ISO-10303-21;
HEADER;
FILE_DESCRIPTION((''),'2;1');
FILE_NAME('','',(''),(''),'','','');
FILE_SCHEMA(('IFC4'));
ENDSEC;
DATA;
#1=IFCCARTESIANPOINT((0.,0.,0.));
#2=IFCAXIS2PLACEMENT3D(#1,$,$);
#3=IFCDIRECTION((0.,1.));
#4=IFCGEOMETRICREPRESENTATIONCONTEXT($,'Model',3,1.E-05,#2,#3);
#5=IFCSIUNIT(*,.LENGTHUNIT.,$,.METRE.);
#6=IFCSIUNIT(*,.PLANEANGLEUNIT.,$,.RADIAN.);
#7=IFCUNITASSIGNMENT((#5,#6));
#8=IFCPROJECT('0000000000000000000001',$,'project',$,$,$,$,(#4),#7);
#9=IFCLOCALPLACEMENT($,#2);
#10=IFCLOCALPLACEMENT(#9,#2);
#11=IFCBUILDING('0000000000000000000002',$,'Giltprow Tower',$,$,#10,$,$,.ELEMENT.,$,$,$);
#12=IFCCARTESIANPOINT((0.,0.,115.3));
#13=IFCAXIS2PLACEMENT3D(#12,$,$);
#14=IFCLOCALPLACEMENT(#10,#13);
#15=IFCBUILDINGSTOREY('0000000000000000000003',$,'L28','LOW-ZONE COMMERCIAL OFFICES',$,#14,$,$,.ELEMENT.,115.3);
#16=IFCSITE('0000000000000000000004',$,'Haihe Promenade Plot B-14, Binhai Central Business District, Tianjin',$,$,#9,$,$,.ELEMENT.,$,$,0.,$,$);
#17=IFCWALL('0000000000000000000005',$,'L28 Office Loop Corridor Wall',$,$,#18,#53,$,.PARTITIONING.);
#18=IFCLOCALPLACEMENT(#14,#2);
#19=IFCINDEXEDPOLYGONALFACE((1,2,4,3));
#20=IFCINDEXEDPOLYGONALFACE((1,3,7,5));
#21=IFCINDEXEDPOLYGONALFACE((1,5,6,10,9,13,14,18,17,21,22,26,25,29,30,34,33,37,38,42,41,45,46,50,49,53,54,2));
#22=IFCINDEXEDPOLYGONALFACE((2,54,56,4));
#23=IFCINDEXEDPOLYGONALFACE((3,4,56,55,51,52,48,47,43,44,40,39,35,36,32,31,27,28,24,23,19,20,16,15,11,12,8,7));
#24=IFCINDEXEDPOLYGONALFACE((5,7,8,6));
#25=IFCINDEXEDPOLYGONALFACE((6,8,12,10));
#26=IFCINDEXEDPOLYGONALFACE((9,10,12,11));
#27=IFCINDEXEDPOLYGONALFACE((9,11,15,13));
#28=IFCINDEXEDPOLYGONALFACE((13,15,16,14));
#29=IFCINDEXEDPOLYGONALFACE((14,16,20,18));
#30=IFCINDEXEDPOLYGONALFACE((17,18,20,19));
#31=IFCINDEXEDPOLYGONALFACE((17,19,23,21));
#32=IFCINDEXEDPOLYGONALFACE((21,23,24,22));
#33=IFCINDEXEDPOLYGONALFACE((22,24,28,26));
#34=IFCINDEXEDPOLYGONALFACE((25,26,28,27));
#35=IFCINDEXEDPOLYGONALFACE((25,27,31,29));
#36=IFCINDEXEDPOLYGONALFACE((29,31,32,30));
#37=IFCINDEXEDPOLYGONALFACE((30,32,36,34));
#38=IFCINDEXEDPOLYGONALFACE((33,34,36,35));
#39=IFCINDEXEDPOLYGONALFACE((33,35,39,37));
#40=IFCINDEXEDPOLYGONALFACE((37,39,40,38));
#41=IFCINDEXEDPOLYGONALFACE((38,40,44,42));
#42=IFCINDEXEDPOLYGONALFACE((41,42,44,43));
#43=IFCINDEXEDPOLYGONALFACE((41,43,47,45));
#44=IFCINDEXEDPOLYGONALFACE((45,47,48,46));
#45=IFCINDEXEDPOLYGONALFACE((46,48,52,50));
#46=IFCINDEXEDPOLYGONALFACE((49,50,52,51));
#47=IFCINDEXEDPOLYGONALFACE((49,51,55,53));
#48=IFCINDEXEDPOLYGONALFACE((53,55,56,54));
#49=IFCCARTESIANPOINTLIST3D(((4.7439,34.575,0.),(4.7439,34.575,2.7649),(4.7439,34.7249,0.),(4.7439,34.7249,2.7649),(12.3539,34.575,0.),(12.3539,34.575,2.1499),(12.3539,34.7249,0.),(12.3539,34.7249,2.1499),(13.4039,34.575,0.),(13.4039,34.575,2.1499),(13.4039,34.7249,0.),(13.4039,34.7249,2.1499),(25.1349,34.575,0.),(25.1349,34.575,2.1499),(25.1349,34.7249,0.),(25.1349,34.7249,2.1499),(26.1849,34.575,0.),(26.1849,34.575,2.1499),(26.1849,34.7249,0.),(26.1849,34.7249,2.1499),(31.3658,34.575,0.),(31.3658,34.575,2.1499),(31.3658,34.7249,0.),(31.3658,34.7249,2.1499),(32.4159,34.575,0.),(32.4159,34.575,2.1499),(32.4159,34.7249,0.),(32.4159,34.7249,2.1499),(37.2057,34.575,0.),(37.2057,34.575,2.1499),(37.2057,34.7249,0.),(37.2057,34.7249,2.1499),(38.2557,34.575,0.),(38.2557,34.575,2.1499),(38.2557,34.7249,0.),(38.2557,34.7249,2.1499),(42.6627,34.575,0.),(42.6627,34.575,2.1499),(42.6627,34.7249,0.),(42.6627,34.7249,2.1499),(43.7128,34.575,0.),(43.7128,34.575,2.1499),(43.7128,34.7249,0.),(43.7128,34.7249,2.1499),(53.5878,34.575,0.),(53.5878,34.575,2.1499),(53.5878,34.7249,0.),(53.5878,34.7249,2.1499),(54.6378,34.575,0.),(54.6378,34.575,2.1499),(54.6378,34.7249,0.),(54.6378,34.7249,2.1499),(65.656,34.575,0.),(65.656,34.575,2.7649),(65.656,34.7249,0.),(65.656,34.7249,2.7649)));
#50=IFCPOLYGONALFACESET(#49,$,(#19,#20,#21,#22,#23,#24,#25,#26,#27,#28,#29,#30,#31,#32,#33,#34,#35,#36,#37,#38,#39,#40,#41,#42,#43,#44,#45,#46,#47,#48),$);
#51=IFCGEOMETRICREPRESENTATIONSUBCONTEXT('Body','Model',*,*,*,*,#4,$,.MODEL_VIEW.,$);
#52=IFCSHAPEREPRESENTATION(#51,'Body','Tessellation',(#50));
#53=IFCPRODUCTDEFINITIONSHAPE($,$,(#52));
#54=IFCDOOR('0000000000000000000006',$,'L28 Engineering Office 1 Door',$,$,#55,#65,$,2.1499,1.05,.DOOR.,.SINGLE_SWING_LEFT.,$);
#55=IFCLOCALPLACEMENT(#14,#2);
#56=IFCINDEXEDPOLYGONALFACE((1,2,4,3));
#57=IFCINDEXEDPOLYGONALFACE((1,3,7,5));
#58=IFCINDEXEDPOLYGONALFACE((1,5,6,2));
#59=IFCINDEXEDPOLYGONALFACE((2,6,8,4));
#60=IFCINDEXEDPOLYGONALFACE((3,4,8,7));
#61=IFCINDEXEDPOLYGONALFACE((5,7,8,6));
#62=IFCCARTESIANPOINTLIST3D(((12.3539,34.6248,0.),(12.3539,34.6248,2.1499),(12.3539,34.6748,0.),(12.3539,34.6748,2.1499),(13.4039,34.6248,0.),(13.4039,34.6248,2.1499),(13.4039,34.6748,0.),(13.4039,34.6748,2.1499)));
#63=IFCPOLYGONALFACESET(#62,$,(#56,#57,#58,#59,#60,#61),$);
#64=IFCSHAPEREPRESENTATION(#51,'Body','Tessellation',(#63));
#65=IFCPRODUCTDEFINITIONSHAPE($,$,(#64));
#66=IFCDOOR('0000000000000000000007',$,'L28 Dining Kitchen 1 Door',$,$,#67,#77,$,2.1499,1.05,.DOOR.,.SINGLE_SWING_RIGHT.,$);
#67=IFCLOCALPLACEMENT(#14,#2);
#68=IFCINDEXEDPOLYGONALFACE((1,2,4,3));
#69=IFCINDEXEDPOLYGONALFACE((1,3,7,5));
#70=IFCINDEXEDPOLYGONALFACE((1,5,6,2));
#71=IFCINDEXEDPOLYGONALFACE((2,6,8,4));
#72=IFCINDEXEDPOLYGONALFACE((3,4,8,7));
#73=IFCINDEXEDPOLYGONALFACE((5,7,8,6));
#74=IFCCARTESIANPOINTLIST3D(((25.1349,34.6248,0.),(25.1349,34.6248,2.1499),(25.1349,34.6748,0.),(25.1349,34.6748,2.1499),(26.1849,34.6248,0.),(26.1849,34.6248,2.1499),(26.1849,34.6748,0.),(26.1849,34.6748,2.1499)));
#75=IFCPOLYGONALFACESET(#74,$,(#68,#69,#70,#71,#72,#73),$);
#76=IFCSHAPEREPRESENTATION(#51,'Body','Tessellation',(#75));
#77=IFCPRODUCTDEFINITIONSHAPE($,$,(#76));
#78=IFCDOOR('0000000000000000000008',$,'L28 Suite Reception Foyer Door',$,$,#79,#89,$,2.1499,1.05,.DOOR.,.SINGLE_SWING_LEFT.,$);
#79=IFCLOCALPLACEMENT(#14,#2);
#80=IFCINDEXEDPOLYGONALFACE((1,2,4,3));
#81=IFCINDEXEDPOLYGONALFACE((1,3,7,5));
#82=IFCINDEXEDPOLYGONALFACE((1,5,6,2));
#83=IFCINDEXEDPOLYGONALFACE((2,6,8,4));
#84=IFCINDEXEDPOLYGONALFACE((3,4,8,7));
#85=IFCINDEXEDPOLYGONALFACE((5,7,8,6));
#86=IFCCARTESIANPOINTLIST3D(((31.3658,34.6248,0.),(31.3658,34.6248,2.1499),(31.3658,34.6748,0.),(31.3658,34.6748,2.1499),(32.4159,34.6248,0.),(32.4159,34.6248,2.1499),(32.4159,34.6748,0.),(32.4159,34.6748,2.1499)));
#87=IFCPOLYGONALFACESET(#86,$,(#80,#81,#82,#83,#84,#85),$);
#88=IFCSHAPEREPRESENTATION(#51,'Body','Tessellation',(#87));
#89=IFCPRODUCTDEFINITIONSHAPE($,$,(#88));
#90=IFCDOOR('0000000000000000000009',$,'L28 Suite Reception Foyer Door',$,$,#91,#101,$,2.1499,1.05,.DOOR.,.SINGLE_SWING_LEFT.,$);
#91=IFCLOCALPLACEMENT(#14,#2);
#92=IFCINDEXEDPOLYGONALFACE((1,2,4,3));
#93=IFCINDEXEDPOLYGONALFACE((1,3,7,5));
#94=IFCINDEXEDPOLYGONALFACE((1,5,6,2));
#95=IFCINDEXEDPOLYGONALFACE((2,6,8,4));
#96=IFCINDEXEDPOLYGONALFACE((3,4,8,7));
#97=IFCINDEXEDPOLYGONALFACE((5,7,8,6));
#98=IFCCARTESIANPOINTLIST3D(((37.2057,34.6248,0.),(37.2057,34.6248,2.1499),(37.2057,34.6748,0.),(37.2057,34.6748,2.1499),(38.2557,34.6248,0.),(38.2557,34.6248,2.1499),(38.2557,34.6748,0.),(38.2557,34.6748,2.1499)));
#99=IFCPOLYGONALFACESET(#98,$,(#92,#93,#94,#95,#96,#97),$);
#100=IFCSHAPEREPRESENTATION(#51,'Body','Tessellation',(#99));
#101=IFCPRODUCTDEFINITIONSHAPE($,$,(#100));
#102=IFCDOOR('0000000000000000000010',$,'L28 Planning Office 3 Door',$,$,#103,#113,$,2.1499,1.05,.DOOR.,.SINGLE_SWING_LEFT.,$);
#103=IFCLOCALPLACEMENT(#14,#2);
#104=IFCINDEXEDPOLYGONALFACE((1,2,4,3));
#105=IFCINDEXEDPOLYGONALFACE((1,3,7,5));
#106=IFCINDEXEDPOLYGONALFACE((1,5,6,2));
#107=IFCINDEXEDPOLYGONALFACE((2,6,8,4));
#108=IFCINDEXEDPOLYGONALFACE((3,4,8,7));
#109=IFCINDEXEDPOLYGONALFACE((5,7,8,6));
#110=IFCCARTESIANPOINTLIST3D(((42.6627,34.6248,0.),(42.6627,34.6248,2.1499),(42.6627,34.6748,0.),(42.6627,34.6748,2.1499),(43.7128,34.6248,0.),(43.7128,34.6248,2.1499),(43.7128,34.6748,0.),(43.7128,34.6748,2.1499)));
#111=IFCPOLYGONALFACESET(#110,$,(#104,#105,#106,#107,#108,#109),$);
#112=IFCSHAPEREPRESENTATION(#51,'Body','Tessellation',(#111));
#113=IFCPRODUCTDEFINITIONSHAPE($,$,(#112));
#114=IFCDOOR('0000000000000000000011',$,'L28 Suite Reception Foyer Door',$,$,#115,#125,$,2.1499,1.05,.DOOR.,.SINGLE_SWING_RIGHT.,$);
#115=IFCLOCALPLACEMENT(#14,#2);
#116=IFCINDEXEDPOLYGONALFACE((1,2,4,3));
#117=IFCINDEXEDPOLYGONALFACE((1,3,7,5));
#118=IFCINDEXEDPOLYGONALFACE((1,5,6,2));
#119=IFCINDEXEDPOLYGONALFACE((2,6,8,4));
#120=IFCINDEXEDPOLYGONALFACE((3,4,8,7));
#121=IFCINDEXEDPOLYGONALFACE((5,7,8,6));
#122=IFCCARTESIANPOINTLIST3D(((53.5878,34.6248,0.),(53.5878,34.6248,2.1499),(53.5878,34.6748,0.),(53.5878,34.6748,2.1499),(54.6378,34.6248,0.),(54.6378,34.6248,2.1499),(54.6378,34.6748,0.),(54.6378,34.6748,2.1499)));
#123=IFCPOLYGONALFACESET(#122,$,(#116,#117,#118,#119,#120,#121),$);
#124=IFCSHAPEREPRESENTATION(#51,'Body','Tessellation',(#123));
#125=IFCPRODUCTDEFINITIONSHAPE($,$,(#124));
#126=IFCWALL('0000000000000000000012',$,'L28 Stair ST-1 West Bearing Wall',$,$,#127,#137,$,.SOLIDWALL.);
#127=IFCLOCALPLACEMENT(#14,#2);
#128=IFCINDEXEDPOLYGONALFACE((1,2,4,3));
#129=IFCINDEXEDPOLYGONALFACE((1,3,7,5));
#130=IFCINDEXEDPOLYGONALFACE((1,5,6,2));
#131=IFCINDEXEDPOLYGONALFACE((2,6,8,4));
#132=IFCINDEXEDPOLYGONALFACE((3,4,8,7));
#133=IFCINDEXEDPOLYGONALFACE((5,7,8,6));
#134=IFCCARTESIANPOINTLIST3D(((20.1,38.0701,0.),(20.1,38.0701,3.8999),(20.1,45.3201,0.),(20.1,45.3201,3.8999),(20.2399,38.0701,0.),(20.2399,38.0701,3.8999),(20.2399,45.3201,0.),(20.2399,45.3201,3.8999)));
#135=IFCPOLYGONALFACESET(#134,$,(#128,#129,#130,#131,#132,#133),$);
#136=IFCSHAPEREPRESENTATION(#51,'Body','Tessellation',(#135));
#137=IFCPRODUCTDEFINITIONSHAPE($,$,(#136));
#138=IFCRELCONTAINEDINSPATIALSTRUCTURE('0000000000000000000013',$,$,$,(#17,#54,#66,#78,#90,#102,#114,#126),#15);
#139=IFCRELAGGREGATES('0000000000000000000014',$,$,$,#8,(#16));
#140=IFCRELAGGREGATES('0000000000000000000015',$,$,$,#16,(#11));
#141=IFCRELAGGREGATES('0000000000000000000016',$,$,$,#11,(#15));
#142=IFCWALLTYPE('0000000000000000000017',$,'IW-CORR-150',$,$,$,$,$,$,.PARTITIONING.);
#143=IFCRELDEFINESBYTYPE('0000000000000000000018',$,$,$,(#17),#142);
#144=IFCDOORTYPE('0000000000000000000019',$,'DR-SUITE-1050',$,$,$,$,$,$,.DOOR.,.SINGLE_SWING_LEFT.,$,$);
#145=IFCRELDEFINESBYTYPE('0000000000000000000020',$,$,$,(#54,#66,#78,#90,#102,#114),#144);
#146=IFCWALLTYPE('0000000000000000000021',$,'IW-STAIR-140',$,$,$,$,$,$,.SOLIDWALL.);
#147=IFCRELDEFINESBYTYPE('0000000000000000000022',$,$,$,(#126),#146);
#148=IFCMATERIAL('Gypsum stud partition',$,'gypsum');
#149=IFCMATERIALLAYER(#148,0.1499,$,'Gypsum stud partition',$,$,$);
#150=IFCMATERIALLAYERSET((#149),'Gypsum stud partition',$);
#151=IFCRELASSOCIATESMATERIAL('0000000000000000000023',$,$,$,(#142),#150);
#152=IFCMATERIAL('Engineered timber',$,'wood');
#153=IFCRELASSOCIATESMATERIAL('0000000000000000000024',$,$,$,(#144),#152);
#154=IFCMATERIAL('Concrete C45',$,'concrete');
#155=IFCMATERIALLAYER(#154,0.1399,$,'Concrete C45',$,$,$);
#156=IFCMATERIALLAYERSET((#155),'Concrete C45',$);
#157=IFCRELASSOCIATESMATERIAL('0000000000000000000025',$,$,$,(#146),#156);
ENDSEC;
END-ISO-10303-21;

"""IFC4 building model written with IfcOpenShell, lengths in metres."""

from ifc_helpers import new_model, si_unit, direction, frame, frame_2d, origin, place, context, subcontext, project, spatial, rectangle, extrude, source, transform, mapped, material, layer, layer_set, type_object, element, fill, save


model = new_model("IFC4")

# Units and contexts
model_context = context("Model", 3, precision=1e-05, world=origin(), true_north=direction((0.0, 1.0)))
body_context = subcontext(model_context, "Body", "Model", "MODEL_VIEW")
ifc_project = project(units=[si_unit("LENGTHUNIT", "METRE"), si_unit("PLANEANGLEUNIT", "RADIAN")], contexts=[model_context])

# Site, building, storey
site_placement = place(None, origin())
site = spatial("IfcSite", under=ifc_project, at=site_placement, Name="Haihe Promenade Plot B-14, Binhai Central Business District, Tianjin", CompositionType="ELEMENT", RefElevation=0.0)
building_placement = place(site_placement, origin())
building = spatial("IfcBuilding", under=site, at=building_placement, Name="Giltprow Tower", CompositionType="ELEMENT")
storey_placement = place(building_placement, frame((0.0, 0.0, 115.3)))
storey = spatial("IfcBuildingStorey", under=building, at=storey_placement, Name="L28", Description="LOW-ZONE COMMERCIAL OFFICES", CompositionType="ELEMENT", Elevation=115.3)

# Wall, openings, doors
ifc_material_1 = material(Name="Gypsum stud partition", Category="gypsum")
ifc_layer_1 = layer(ifc_material_1, 0.1499, Name="Gypsum stud partition")
ifc_layer_set_1 = layer_set([ifc_layer_1], Name="Gypsum stud partition")
wall_type_1 = type_object("IfcWallType", Name="IW-CORR-150", PredefinedType="PARTITIONING", material=ifc_layer_set_1)
wall_1_placement = place(storey_placement, frame((4.7439, 34.6499, 0.0), z_axis=(0.0, 0.0, 1.0), x_axis=(1.0, 0.0, 0.0)))
wall_1 = element("IfcWall", 1, at=wall_1_placement, inside=storey, type_object=wall_type_1, Name="L28 Office Loop Corridor Wall", PredefinedType="PARTITIONING", context=body_context, shape_type="SweptSolid", body=[
    extrude(rectangle(XDim=60.9121, YDim=0.1499, at=frame_2d((30.4561, 0.0))), origin(), (0.0, 0.0, 1.0), 2.7649),
])
opening_1_placement = place(wall_1_placement, frame((7.6101, 0.0, 0.0)))
opening_1 = element("IfcOpeningElement", 2, at=opening_1_placement, cuts=wall_1, PredefinedType="OPENING", context=body_context, shape_type="SweptSolid", body=[
    extrude(rectangle(XDim=1.05, YDim=2.1499, at=frame_2d((0.5249, 1.075))), frame((0.0, 0.085, 0.0), z_axis=(0.0, -1.0, 0.0), x_axis=(1.0, 0.0, 0.0)), (0.0, 0.0, 1.0), 0.1699),
])
opening_2_placement = place(wall_1_placement, frame((20.3911, 0.0, 0.0)))
opening_2 = element("IfcOpeningElement", 3, at=opening_2_placement, cuts=wall_1, PredefinedType="OPENING", context=body_context, shape_type="SweptSolid", body=[
    extrude(rectangle(XDim=1.05, YDim=2.1499, at=frame_2d((0.5249, 1.075))), frame((0.0, 0.085, 0.0), z_axis=(0.0, -1.0, 0.0), x_axis=(1.0, 0.0, 0.0)), (0.0, 0.0, 1.0), 0.1699),
])
opening_3_placement = place(wall_1_placement, frame((26.6221, 0.0, 0.0)))
opening_3 = element("IfcOpeningElement", 4, at=opening_3_placement, cuts=wall_1, PredefinedType="OPENING", context=body_context, shape_type="SweptSolid", body=[
    extrude(rectangle(XDim=1.05, YDim=2.1499, at=frame_2d((0.5249, 1.075))), frame((0.0, 0.085, 0.0), z_axis=(0.0, -1.0, 0.0), x_axis=(1.0, 0.0, 0.0)), (0.0, 0.0, 1.0), 0.1699),
])
opening_4_placement = place(wall_1_placement, frame((32.4619, 0.0, 0.0)))
opening_4 = element("IfcOpeningElement", 5, at=opening_4_placement, cuts=wall_1, PredefinedType="OPENING", context=body_context, shape_type="SweptSolid", body=[
    extrude(rectangle(XDim=1.05, YDim=2.1499, at=frame_2d((0.5249, 1.075))), frame((0.0, 0.085, 0.0), z_axis=(0.0, -1.0, 0.0), x_axis=(1.0, 0.0, 0.0)), (0.0, 0.0, 1.0), 0.1699),
])
opening_5_placement = place(wall_1_placement, frame((37.9189, 0.0, 0.0)))
opening_5 = element("IfcOpeningElement", 6, at=opening_5_placement, cuts=wall_1, PredefinedType="OPENING", context=body_context, shape_type="SweptSolid", body=[
    extrude(rectangle(XDim=1.05, YDim=2.1499, at=frame_2d((0.5249, 1.075))), frame((0.0, 0.085, 0.0), z_axis=(0.0, -1.0, 0.0), x_axis=(1.0, 0.0, 0.0)), (0.0, 0.0, 1.0), 0.1699),
])
opening_6_placement = place(wall_1_placement, frame((48.844, 0.0, 0.0)))
opening_6 = element("IfcOpeningElement", 7, at=opening_6_placement, cuts=wall_1, PredefinedType="OPENING", context=body_context, shape_type="SweptSolid", body=[
    extrude(rectangle(XDim=1.05, YDim=2.1499, at=frame_2d((0.5249, 1.075))), frame((0.0, 0.085, 0.0), z_axis=(0.0, -1.0, 0.0), x_axis=(1.0, 0.0, 0.0)), (0.0, 0.0, 1.0), 0.1699),
])
ifc_material_2 = material(Name="Engineered timber", Category="wood")
door_type_1 = type_object("IfcDoorType", Name="DR-SUITE-1050", OperationType="SINGLE_SWING_LEFT", PredefinedType="DOOR", material=ifc_material_2)
shared_shape_1 = source(origin(), body_context, "Body", "SweptSolid", [
    extrude(rectangle(XDim=1.05, YDim=2.1499, at=frame_2d((0.5249, 1.075))), frame((0.0, 0.0249, 0.0), z_axis=(0.0, -1.0, 0.0), x_axis=(1.0, 0.0, 0.0)), (0.0, 0.0, 1.0), 0.05),
])
door_1_placement = place(opening_1_placement, origin())
door_1 = element("IfcDoor", 8, at=door_1_placement, inside=storey, type_object=door_type_1, Name="L28 Engineering Office 1 Door", OperationType="SINGLE_SWING_LEFT", OverallHeight=2.1499, OverallWidth=1.05, PredefinedType="DOOR", context=body_context, shape_type="MappedRepresentation", body=[
    mapped(shared_shape_1, transform((0.0, 0.0, 0.0), x_axis=(1.0, 0.0, 0.0), y_axis=(0.0, 1.0, 0.0), z_axis=(0.0, 0.0, 1.0), scale=1.0)),
])
fill(opening_1, door_1)
door_2_placement = place(opening_2_placement, origin())
door_2 = element("IfcDoor", 9, at=door_2_placement, inside=storey, type_object=door_type_1, Name="L28 Dining Kitchen 1 Door", OperationType="SINGLE_SWING_RIGHT", OverallHeight=2.1499, OverallWidth=1.05, PredefinedType="DOOR", context=body_context, shape_type="MappedRepresentation", body=[
    mapped(shared_shape_1, transform((0.0, 0.0, 0.0), x_axis=(1.0, 0.0, 0.0), y_axis=(0.0, 1.0, 0.0), z_axis=(0.0, 0.0, 1.0), scale=1.0)),
])
fill(opening_2, door_2)
door_3_placement = place(opening_3_placement, origin())
door_3 = element("IfcDoor", 10, at=door_3_placement, inside=storey, type_object=door_type_1, Name="L28 Suite Reception Foyer Door", OperationType="SINGLE_SWING_LEFT", OverallHeight=2.1499, OverallWidth=1.05, PredefinedType="DOOR", context=body_context, shape_type="MappedRepresentation", body=[
    mapped(shared_shape_1, transform((0.0, 0.0, 0.0), x_axis=(1.0, 0.0, 0.0), y_axis=(0.0, 1.0, 0.0), z_axis=(0.0, 0.0, 1.0), scale=1.0)),
])
fill(opening_3, door_3)
door_4_placement = place(opening_4_placement, origin())
door_4 = element("IfcDoor", 11, at=door_4_placement, inside=storey, type_object=door_type_1, Name="L28 Suite Reception Foyer Door", OperationType="SINGLE_SWING_LEFT", OverallHeight=2.1499, OverallWidth=1.05, PredefinedType="DOOR", context=body_context, shape_type="MappedRepresentation", body=[
    mapped(shared_shape_1, transform((0.0, 0.0, 0.0), x_axis=(1.0, 0.0, 0.0), y_axis=(0.0, 1.0, 0.0), z_axis=(0.0, 0.0, 1.0), scale=1.0)),
])
fill(opening_4, door_4)
door_5_placement = place(opening_5_placement, origin())
door_5 = element("IfcDoor", 12, at=door_5_placement, inside=storey, type_object=door_type_1, Name="L28 Planning Office 3 Door", OperationType="SINGLE_SWING_LEFT", OverallHeight=2.1499, OverallWidth=1.05, PredefinedType="DOOR", context=body_context, shape_type="MappedRepresentation", body=[
    mapped(shared_shape_1, transform((0.0, 0.0, 0.0), x_axis=(1.0, 0.0, 0.0), y_axis=(0.0, 1.0, 0.0), z_axis=(0.0, 0.0, 1.0), scale=1.0)),
])
fill(opening_5, door_5)
door_6_placement = place(opening_6_placement, origin())
door_6 = element("IfcDoor", 13, at=door_6_placement, inside=storey, type_object=door_type_1, Name="L28 Suite Reception Foyer Door", OperationType="SINGLE_SWING_RIGHT", OverallHeight=2.1499, OverallWidth=1.05, PredefinedType="DOOR", context=body_context, shape_type="MappedRepresentation", body=[
    mapped(shared_shape_1, transform((0.0, 0.0, 0.0), x_axis=(1.0, 0.0, 0.0), y_axis=(0.0, 1.0, 0.0), z_axis=(0.0, 0.0, 1.0), scale=1.0)),
])
fill(opening_6, door_6)

# Wall
ifc_material_3 = material(Name="Concrete C45", Category="concrete")
ifc_layer_2 = layer(ifc_material_3, 0.1399, Name="Concrete C45")
ifc_layer_set_2 = layer_set([ifc_layer_2], Name="Concrete C45")
wall_type_2 = type_object("IfcWallType", Name="IW-STAIR-140", PredefinedType="SOLIDWALL", material=ifc_layer_set_2)
wall_2_placement = place(storey_placement, frame((20.1699, 38.0701, 0.0), z_axis=(0.0, 0.0, 1.0), x_axis=(0.0, 1.0, 0.0)))
element("IfcWall", 14, at=wall_2_placement, inside=storey, type_object=wall_type_2, Name="L28 Stair ST-1 West Bearing Wall", PredefinedType="SOLIDWALL", context=body_context, shape_type="SweptSolid", body=[
    extrude(rectangle(XDim=7.25, YDim=0.1399, at=frame_2d((3.625, 0.0))), origin(), (0.0, 0.0, 1.0), 3.8999),
])

save(model, "model.ifc")
